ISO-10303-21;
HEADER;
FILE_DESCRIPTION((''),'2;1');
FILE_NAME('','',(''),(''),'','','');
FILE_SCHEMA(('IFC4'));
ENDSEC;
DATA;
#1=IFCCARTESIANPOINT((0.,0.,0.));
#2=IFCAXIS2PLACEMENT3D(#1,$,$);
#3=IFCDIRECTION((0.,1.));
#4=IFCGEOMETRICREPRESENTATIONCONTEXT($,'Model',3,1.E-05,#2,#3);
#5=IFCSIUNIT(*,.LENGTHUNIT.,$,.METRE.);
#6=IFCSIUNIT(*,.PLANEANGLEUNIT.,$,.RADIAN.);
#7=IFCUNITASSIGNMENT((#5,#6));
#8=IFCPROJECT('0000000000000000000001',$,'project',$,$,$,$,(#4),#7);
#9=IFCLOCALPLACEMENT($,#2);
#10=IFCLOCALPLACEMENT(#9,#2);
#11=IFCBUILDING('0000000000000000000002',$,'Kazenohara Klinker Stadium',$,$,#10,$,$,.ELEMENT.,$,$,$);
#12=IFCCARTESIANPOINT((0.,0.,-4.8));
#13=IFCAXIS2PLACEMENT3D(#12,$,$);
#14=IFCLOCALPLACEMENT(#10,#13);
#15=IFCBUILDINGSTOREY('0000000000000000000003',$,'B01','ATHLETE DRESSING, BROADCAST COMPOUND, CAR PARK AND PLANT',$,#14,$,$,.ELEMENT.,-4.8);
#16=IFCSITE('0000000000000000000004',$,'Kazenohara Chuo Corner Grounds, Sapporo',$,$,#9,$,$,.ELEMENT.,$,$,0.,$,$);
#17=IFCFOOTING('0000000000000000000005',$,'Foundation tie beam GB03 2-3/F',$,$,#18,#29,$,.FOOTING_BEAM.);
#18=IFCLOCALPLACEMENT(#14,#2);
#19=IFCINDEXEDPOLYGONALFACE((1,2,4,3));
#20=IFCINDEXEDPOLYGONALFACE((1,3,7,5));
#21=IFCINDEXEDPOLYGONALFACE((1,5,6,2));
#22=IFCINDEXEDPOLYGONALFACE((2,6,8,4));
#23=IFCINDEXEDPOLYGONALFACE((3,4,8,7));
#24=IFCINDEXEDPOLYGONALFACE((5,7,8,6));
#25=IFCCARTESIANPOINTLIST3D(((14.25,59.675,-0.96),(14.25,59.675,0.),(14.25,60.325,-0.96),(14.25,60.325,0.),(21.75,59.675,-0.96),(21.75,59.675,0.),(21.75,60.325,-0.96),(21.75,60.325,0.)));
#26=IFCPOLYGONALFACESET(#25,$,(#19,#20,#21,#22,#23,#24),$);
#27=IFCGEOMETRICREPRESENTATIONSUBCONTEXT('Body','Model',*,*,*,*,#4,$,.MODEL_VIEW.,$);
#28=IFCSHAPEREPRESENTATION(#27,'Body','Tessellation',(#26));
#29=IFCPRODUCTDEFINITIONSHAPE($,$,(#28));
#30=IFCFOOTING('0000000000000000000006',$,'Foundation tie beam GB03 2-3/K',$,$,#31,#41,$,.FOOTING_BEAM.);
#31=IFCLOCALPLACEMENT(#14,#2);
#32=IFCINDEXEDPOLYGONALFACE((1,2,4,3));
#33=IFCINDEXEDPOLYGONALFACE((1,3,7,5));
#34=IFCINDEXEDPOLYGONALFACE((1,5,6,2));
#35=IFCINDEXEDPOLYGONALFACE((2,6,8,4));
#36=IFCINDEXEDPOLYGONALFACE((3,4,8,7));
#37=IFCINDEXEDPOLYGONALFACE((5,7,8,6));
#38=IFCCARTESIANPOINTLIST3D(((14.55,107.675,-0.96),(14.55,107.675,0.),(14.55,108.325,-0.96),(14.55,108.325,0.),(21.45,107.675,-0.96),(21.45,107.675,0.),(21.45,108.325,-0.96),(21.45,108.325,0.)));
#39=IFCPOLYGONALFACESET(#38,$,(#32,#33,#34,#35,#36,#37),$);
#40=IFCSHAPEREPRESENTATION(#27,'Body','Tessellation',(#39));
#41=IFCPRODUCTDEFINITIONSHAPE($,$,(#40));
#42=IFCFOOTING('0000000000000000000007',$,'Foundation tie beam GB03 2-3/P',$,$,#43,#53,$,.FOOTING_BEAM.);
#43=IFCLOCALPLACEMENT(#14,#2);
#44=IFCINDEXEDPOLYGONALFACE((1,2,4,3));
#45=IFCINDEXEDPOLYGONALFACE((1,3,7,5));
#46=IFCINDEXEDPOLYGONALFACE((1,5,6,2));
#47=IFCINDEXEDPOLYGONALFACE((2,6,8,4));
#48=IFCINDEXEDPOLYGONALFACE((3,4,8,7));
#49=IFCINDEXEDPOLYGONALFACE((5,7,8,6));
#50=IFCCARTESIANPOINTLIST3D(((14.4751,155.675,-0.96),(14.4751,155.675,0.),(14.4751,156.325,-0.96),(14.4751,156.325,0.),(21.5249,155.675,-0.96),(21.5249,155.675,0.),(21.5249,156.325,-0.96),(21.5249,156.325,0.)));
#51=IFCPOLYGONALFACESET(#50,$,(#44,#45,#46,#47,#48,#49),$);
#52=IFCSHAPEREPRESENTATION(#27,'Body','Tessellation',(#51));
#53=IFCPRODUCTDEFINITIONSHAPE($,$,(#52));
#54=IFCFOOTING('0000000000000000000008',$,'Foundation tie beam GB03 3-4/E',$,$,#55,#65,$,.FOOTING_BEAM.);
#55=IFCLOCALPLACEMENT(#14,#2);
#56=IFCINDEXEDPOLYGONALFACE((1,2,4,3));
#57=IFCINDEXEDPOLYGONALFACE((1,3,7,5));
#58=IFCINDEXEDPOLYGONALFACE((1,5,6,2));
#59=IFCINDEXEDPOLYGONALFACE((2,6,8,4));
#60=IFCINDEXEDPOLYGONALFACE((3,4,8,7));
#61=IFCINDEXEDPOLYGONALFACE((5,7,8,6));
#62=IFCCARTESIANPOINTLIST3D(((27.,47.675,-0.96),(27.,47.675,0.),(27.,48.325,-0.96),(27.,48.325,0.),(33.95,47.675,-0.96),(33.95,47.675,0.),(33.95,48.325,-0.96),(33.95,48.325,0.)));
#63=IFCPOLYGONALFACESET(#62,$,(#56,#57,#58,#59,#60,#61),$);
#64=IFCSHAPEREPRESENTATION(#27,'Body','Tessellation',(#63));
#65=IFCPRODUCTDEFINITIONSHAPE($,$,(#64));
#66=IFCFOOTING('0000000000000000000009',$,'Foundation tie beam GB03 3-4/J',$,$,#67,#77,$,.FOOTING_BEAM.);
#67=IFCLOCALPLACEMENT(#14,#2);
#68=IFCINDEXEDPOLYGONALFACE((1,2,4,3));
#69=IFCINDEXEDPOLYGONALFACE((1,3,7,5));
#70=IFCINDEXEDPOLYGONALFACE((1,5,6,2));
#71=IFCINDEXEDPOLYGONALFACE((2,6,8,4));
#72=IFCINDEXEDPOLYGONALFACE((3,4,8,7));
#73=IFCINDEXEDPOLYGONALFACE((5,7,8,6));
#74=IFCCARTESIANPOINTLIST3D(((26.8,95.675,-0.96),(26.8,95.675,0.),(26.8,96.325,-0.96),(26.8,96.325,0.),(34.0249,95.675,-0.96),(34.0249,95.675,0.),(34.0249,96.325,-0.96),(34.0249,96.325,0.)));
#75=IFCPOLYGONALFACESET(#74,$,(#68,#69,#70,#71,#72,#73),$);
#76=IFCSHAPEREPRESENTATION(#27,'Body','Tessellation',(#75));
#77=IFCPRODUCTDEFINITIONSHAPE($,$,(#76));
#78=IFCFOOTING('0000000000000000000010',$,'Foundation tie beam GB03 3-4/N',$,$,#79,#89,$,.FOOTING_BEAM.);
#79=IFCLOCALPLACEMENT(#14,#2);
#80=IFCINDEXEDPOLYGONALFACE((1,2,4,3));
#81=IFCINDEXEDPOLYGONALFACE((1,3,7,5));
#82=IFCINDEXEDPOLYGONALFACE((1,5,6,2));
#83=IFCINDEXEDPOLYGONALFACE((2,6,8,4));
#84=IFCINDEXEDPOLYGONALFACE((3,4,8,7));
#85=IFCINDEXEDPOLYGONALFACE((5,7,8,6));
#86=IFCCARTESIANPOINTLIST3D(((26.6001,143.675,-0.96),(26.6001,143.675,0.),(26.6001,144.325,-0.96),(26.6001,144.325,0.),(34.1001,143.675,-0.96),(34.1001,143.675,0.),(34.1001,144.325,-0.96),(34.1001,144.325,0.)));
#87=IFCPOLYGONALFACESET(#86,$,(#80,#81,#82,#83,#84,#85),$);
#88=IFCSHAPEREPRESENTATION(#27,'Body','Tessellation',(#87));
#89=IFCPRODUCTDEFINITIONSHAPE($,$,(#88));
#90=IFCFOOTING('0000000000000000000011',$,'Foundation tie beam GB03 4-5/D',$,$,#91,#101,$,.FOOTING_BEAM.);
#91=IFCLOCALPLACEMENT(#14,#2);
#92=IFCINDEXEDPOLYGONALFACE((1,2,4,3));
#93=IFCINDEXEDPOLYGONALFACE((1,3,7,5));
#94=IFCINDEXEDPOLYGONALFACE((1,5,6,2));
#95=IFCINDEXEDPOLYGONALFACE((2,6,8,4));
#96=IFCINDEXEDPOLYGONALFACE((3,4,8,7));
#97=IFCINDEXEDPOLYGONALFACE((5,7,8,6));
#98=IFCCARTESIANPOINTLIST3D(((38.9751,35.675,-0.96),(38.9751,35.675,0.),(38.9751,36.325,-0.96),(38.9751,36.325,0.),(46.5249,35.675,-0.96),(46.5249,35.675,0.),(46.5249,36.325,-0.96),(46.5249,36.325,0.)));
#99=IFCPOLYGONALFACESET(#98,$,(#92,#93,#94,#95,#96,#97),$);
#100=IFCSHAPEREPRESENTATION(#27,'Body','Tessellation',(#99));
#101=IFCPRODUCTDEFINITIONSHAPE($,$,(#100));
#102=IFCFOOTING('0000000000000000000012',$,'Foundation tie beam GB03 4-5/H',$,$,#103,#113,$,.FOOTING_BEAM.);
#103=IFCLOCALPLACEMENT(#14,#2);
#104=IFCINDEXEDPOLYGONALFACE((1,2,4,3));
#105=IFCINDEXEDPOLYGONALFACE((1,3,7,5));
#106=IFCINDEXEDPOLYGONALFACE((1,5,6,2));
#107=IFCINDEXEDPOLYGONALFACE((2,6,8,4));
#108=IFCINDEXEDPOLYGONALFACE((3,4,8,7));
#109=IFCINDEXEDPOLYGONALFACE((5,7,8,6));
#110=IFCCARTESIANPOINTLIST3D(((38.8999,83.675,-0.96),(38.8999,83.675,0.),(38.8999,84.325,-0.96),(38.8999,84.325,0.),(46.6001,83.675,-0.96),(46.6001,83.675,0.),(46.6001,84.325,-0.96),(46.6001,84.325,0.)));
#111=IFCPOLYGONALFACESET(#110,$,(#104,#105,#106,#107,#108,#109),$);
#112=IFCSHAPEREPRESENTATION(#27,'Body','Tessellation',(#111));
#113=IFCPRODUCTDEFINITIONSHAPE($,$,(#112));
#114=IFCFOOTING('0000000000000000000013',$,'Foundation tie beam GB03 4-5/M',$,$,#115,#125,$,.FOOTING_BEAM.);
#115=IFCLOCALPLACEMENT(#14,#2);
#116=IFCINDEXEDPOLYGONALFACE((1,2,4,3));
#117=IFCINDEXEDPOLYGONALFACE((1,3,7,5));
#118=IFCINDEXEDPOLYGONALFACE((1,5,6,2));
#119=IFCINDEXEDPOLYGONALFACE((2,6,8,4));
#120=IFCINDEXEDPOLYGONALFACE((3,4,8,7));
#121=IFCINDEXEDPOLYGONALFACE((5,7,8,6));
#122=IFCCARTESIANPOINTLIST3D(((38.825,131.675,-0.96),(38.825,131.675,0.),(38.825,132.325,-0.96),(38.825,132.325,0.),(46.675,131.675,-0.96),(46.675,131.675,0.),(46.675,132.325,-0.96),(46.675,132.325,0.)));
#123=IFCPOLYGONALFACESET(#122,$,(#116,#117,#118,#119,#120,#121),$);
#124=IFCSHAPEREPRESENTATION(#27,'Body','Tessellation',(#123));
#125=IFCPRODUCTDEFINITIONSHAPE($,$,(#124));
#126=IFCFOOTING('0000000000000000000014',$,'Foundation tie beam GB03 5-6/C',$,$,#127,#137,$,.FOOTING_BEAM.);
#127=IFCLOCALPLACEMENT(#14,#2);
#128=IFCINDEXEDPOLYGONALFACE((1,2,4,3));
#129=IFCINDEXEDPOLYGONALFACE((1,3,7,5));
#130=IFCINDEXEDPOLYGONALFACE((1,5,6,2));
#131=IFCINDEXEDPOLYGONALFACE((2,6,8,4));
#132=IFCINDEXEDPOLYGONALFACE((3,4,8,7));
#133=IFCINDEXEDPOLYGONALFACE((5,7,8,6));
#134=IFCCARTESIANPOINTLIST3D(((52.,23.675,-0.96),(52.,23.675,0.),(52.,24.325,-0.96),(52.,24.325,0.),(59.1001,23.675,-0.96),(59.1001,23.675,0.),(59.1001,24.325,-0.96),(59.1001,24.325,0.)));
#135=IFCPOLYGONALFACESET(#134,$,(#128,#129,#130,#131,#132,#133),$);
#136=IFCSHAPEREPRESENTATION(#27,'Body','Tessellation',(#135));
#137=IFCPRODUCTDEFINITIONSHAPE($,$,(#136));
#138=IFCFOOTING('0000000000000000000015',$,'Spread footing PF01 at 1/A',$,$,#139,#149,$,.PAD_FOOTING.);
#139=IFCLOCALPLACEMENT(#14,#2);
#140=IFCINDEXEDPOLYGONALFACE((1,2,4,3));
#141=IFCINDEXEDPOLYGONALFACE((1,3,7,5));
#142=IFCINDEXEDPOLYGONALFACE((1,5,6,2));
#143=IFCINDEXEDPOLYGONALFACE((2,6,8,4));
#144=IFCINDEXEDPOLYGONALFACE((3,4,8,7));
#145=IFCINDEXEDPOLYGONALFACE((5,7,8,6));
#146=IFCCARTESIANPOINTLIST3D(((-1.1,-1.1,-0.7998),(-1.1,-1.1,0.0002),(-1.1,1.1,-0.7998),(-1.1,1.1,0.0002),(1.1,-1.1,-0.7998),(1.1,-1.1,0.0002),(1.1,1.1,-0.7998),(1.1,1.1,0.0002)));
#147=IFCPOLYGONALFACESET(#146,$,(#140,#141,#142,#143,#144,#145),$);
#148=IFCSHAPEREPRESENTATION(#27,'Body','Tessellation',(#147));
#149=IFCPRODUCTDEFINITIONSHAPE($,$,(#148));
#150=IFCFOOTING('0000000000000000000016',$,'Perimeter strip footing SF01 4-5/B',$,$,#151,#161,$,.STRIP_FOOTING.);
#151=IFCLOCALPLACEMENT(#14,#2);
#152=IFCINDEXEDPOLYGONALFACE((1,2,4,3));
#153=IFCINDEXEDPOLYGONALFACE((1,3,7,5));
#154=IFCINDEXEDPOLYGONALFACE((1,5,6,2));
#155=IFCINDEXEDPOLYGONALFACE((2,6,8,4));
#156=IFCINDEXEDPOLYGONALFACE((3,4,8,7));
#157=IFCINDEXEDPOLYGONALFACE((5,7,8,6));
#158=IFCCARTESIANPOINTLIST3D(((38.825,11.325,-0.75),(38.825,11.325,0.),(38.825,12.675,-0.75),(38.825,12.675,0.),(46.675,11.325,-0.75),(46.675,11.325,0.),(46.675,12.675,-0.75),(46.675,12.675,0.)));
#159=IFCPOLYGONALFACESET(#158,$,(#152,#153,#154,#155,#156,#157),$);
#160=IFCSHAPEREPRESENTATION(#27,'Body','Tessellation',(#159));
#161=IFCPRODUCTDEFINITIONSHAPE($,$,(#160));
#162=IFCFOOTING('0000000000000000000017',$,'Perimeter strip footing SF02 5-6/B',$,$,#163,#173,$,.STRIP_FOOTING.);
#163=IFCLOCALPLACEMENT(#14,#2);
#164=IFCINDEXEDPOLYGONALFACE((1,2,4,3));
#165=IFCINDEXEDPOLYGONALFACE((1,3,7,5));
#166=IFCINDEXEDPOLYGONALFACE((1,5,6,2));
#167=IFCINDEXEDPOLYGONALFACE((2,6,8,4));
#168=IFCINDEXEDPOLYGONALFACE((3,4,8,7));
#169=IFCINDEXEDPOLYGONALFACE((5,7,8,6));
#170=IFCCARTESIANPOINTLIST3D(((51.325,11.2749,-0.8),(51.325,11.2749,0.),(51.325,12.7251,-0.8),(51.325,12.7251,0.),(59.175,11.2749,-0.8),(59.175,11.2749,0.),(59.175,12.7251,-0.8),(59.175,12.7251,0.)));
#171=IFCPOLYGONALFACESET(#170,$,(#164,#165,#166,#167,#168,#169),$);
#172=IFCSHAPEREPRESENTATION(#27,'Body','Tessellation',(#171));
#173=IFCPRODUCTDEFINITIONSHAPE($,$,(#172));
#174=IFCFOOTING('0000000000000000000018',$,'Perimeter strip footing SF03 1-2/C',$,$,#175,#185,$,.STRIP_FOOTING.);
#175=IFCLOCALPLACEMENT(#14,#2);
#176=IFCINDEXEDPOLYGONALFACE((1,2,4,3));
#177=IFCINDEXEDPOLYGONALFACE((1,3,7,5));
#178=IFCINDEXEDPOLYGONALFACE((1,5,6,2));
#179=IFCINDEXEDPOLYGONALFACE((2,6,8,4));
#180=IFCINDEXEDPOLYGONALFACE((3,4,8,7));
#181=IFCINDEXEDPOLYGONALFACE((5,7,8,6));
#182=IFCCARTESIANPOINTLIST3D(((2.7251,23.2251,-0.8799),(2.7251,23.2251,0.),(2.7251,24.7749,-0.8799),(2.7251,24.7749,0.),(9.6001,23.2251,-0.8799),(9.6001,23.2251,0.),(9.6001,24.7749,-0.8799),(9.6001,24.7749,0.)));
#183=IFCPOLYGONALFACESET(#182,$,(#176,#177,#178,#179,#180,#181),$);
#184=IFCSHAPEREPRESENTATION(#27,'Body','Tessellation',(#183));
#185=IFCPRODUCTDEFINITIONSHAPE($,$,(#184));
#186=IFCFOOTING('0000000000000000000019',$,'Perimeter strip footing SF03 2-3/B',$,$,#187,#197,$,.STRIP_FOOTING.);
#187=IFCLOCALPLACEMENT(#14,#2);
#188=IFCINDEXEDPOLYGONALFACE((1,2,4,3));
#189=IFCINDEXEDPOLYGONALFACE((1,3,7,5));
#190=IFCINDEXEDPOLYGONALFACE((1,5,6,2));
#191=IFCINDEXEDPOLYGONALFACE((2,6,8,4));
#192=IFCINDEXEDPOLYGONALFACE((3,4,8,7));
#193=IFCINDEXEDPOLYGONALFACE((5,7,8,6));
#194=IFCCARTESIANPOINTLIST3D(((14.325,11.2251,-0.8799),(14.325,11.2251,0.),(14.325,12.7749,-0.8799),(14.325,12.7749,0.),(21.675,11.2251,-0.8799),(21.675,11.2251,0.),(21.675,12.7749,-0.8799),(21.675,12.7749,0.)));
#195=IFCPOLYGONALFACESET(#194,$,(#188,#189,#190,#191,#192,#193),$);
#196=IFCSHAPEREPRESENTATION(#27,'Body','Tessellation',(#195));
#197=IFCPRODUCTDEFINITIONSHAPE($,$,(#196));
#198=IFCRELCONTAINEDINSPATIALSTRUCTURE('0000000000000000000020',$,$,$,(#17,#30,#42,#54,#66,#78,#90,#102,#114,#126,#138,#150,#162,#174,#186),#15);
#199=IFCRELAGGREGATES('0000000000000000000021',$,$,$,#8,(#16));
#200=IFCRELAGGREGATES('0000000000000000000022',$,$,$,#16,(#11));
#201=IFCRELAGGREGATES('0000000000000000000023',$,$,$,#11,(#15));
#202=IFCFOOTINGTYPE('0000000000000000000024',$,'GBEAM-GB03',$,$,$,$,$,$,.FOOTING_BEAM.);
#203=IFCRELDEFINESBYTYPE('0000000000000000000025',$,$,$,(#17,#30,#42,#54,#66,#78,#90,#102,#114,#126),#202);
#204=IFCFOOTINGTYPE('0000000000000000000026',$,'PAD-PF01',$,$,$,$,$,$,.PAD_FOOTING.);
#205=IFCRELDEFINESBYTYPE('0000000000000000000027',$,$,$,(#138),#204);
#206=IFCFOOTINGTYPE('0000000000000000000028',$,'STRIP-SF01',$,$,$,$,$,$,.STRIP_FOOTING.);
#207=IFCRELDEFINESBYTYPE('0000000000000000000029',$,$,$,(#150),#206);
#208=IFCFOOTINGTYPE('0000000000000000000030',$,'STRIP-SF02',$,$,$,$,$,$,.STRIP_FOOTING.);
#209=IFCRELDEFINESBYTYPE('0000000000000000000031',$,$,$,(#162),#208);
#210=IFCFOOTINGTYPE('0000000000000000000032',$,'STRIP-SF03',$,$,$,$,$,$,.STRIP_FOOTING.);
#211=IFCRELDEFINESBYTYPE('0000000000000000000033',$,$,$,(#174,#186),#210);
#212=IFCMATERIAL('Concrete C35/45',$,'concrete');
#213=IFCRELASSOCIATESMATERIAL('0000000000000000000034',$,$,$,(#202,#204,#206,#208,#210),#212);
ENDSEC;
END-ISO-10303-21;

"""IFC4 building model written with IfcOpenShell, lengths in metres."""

from ifc_helpers import new_model, si_unit, direction, frame, origin, origin_2d, place, context, subcontext, project, spatial, polyline, rectangle, outline, extrude, material, type_object, element, save


model = new_model("IFC4")

# Units and contexts
model_context = context("Model", 3, precision=1e-05, world=origin(), true_north=direction((0.0, 1.0)))
body_context = subcontext(model_context, "Body", "Model", "MODEL_VIEW")
ifc_project = project(units=[si_unit("LENGTHUNIT", "METRE"), si_unit("PLANEANGLEUNIT", "RADIAN")], contexts=[model_context])

# Site, building, storey
site_placement = place(None, origin())
site = spatial("IfcSite", under=ifc_project, at=site_placement, Name="Kazenohara Chuo Corner Grounds, Sapporo", CompositionType="ELEMENT", RefElevation=0.0)
building_placement = place(site_placement, origin())
building = spatial("IfcBuilding", under=site, at=building_placement, Name="Kazenohara Klinker Stadium", CompositionType="ELEMENT")
storey_placement = place(building_placement, frame((0.0, 0.0, -4.8)))
storey = spatial("IfcBuildingStorey", under=building, at=storey_placement, Name="B01", Description="ATHLETE DRESSING, BROADCAST COMPOUND, CAR PARK AND PLANT", CompositionType="ELEMENT", Elevation=-4.8)

# Footings
ifc_material_1 = material(Name="Concrete C35/45", Category="concrete")
footing_type_1 = type_object("IfcFootingType", Name="GBEAM-GB03", PredefinedType="FOOTING_BEAM", material=ifc_material_1)
footing_1_placement = place(storey_placement, frame((0.0, 0.0, -0.96)))
element("IfcFooting", 1, at=footing_1_placement, inside=storey, type_object=footing_type_1, Name="Foundation tie beam GB03 2-3/F", PredefinedType="FOOTING_BEAM", context=body_context, shape_type="SweptSolid", body=[
    extrude(outline(polyline([(14.25, 59.675), (21.75, 59.675), (21.75, 60.325), (14.25, 60.325), (14.25, 59.675)])), origin(), (0.0, 0.0, 1.0), 0.96),
])
footing_2_placement = place(storey_placement, frame((0.0, 0.0, -0.96)))
element("IfcFooting", 2, at=footing_2_placement, inside=storey, type_object=footing_type_1, Name="Foundation tie beam GB03 2-3/K", PredefinedType="FOOTING_BEAM", context=body_context, shape_type="SweptSolid", body=[
    extrude(outline(polyline([(14.55, 107.675), (21.45, 107.675), (21.45, 108.325), (14.55, 108.325), (14.55, 107.675)])), origin(), (0.0, 0.0, 1.0), 0.96),
])
footing_3_placement = place(storey_placement, frame((0.0, 0.0, -0.96)))
element("IfcFooting", 3, at=footing_3_placement, inside=storey, type_object=footing_type_1, Name="Foundation tie beam GB03 2-3/P", PredefinedType="FOOTING_BEAM", context=body_context, shape_type="SweptSolid", body=[
    extrude(outline(polyline([(14.4751, 155.675), (21.5249, 155.675), (21.5249, 156.325), (14.4751, 156.325), (14.4751, 155.675)])), origin(), (0.0, 0.0, 1.0), 0.96),
])
footing_4_placement = place(storey_placement, frame((0.0, 0.0, -0.96)))
element("IfcFooting", 4, at=footing_4_placement, inside=storey, type_object=footing_type_1, Name="Foundation tie beam GB03 3-4/E", PredefinedType="FOOTING_BEAM", context=body_context, shape_type="SweptSolid", body=[
    extrude(outline(polyline([(27.0, 47.675), (33.95, 47.675), (33.95, 48.325), (27.0, 48.325), (27.0, 47.675)])), origin(), (0.0, 0.0, 1.0), 0.96),
])
footing_5_placement = place(storey_placement, frame((0.0, 0.0, -0.96)))
element("IfcFooting", 5, at=footing_5_placement, inside=storey, type_object=footing_type_1, Name="Foundation tie beam GB03 3-4/J", PredefinedType="FOOTING_BEAM", context=body_context, shape_type="SweptSolid", body=[
    extrude(outline(polyline([(26.8, 95.675), (34.0249, 95.675), (34.0249, 96.325), (26.8, 96.325), (26.8, 95.675)])), origin(), (0.0, 0.0, 1.0), 0.96),
])
footing_6_placement = place(storey_placement, frame((0.0, 0.0, -0.96)))
element("IfcFooting", 6, at=footing_6_placement, inside=storey, type_object=footing_type_1, Name="Foundation tie beam GB03 3-4/N", PredefinedType="FOOTING_BEAM", context=body_context, shape_type="SweptSolid", body=[
    extrude(outline(polyline([(26.6001, 143.675), (34.1001, 143.675), (34.1001, 144.325), (26.6001, 144.325), (26.6001, 143.675)])), origin(), (0.0, 0.0, 1.0), 0.96),
])
footing_7_placement = place(storey_placement, frame((0.0, 0.0, -0.96)))
element("IfcFooting", 7, at=footing_7_placement, inside=storey, type_object=footing_type_1, Name="Foundation tie beam GB03 4-5/D", PredefinedType="FOOTING_BEAM", context=body_context, shape_type="SweptSolid", body=[
    extrude(outline(polyline([(38.9751, 35.675), (46.5249, 35.675), (46.5249, 36.325), (38.9751, 36.325), (38.9751, 35.675)])), origin(), (0.0, 0.0, 1.0), 0.96),
])
footing_8_placement = place(storey_placement, frame((0.0, 0.0, -0.96)))
element("IfcFooting", 8, at=footing_8_placement, inside=storey, type_object=footing_type_1, Name="Foundation tie beam GB03 4-5/H", PredefinedType="FOOTING_BEAM", context=body_context, shape_type="SweptSolid", body=[
    extrude(outline(polyline([(38.8999, 83.675), (46.6001, 83.675), (46.6001, 84.325), (38.8999, 84.325), (38.8999, 83.675)])), origin(), (0.0, 0.0, 1.0), 0.96),
])
footing_9_placement = place(storey_placement, frame((0.0, 0.0, -0.96)))
element("IfcFooting", 9, at=footing_9_placement, inside=storey, type_object=footing_type_1, Name="Foundation tie beam GB03 4-5/M", PredefinedType="FOOTING_BEAM", context=body_context, shape_type="SweptSolid", body=[
    extrude(outline(polyline([(38.825, 131.675), (46.675, 131.675), (46.675, 132.325), (38.825, 132.325), (38.825, 131.675)])), origin(), (0.0, 0.0, 1.0), 0.96),
])
footing_10_placement = place(storey_placement, frame((0.0, 0.0, -0.96)))
element("IfcFooting", 10, at=footing_10_placement, inside=storey, type_object=footing_type_1, Name="Foundation tie beam GB03 5-6/C", PredefinedType="FOOTING_BEAM", context=body_context, shape_type="SweptSolid", body=[
    extrude(outline(polyline([(52.0, 23.675), (59.1001, 23.675), (59.1001, 24.325), (52.0, 24.325), (52.0, 23.675)])), origin(), (0.0, 0.0, 1.0), 0.96),
])
footing_type_2 = type_object("IfcFootingType", Name="PAD-PF01", PredefinedType="PAD_FOOTING", material=ifc_material_1)
footing_11_placement = place(storey_placement, frame((0.0, 0.0, -0.7998), z_axis=(0.0, 0.0, 1.0), x_axis=(1.0, 0.0, 0.0)))
element("IfcFooting", 11, at=footing_11_placement, inside=storey, type_object=footing_type_2, Name="Spread footing PF01 at 1/A", PredefinedType="PAD_FOOTING", context=body_context, shape_type="SweptSolid", body=[
    extrude(rectangle(XDim=2.2, YDim=2.2, at=origin_2d()), origin(), (0.0, 0.0, 1.0), 0.8),
])
footing_type_3 = type_object("IfcFootingType", Name="STRIP-SF01", PredefinedType="STRIP_FOOTING", material=ifc_material_1)
footing_12_placement = place(storey_placement, frame((0.0, 0.0, -0.75)))
element("IfcFooting", 12, at=footing_12_placement, inside=storey, type_object=footing_type_3, Name="Perimeter strip footing SF01 4-5/B", PredefinedType="STRIP_FOOTING", context=body_context, shape_type="SweptSolid", body=[
    extrude(outline(polyline([(38.825, 11.325), (46.675, 11.325), (46.675, 12.675), (38.825, 12.675), (38.825, 11.325)])), origin(), (0.0, 0.0, 1.0), 0.75),
])
footing_type_4 = type_object("IfcFootingType", Name="STRIP-SF02", PredefinedType="STRIP_FOOTING", material=ifc_material_1)
footing_13_placement = place(storey_placement, frame((0.0, 0.0, -0.8)))
element("IfcFooting", 13, at=footing_13_placement, inside=storey, type_object=footing_type_4, Name="Perimeter strip footing SF02 5-6/B", PredefinedType="STRIP_FOOTING", context=body_context, shape_type="SweptSolid", body=[
    extrude(outline(polyline([(51.325, 11.2749), (59.175, 11.2749), (59.175, 12.7251), (51.325, 12.7251), (51.325, 11.2749)])), origin(), (0.0, 0.0, 1.0), 0.8),
])
footing_type_5 = type_object("IfcFootingType", Name="STRIP-SF03", PredefinedType="STRIP_FOOTING", material=ifc_material_1)
footing_14_placement = place(storey_placement, frame((0.0, 0.0, -0.8799)))
element("IfcFooting", 14, at=footing_14_placement, inside=storey, type_object=footing_type_5, Name="Perimeter strip footing SF03 1-2/C", PredefinedType="STRIP_FOOTING", context=body_context, shape_type="SweptSolid", body=[
    extrude(outline(polyline([(2.7251, 23.2251), (9.6001, 23.2251), (9.6001, 24.7749), (2.7251, 24.7749), (2.7251, 23.2251)])), origin(), (0.0, 0.0, 1.0), 0.8799),
])
footing_15_placement = place(storey_placement, frame((0.0, 0.0, -0.8799)))
element("IfcFooting", 15, at=footing_15_placement, inside=storey, type_object=footing_type_5, Name="Perimeter strip footing SF03 2-3/B", PredefinedType="STRIP_FOOTING", context=body_context, shape_type="SweptSolid", body=[
    extrude(outline(polyline([(14.325, 11.2251), (21.675, 11.2251), (21.675, 12.7749), (14.325, 12.7749), (14.325, 11.2251)])), origin(), (0.0, 0.0, 1.0), 0.8799),
])

save(model, "model.ifc")
